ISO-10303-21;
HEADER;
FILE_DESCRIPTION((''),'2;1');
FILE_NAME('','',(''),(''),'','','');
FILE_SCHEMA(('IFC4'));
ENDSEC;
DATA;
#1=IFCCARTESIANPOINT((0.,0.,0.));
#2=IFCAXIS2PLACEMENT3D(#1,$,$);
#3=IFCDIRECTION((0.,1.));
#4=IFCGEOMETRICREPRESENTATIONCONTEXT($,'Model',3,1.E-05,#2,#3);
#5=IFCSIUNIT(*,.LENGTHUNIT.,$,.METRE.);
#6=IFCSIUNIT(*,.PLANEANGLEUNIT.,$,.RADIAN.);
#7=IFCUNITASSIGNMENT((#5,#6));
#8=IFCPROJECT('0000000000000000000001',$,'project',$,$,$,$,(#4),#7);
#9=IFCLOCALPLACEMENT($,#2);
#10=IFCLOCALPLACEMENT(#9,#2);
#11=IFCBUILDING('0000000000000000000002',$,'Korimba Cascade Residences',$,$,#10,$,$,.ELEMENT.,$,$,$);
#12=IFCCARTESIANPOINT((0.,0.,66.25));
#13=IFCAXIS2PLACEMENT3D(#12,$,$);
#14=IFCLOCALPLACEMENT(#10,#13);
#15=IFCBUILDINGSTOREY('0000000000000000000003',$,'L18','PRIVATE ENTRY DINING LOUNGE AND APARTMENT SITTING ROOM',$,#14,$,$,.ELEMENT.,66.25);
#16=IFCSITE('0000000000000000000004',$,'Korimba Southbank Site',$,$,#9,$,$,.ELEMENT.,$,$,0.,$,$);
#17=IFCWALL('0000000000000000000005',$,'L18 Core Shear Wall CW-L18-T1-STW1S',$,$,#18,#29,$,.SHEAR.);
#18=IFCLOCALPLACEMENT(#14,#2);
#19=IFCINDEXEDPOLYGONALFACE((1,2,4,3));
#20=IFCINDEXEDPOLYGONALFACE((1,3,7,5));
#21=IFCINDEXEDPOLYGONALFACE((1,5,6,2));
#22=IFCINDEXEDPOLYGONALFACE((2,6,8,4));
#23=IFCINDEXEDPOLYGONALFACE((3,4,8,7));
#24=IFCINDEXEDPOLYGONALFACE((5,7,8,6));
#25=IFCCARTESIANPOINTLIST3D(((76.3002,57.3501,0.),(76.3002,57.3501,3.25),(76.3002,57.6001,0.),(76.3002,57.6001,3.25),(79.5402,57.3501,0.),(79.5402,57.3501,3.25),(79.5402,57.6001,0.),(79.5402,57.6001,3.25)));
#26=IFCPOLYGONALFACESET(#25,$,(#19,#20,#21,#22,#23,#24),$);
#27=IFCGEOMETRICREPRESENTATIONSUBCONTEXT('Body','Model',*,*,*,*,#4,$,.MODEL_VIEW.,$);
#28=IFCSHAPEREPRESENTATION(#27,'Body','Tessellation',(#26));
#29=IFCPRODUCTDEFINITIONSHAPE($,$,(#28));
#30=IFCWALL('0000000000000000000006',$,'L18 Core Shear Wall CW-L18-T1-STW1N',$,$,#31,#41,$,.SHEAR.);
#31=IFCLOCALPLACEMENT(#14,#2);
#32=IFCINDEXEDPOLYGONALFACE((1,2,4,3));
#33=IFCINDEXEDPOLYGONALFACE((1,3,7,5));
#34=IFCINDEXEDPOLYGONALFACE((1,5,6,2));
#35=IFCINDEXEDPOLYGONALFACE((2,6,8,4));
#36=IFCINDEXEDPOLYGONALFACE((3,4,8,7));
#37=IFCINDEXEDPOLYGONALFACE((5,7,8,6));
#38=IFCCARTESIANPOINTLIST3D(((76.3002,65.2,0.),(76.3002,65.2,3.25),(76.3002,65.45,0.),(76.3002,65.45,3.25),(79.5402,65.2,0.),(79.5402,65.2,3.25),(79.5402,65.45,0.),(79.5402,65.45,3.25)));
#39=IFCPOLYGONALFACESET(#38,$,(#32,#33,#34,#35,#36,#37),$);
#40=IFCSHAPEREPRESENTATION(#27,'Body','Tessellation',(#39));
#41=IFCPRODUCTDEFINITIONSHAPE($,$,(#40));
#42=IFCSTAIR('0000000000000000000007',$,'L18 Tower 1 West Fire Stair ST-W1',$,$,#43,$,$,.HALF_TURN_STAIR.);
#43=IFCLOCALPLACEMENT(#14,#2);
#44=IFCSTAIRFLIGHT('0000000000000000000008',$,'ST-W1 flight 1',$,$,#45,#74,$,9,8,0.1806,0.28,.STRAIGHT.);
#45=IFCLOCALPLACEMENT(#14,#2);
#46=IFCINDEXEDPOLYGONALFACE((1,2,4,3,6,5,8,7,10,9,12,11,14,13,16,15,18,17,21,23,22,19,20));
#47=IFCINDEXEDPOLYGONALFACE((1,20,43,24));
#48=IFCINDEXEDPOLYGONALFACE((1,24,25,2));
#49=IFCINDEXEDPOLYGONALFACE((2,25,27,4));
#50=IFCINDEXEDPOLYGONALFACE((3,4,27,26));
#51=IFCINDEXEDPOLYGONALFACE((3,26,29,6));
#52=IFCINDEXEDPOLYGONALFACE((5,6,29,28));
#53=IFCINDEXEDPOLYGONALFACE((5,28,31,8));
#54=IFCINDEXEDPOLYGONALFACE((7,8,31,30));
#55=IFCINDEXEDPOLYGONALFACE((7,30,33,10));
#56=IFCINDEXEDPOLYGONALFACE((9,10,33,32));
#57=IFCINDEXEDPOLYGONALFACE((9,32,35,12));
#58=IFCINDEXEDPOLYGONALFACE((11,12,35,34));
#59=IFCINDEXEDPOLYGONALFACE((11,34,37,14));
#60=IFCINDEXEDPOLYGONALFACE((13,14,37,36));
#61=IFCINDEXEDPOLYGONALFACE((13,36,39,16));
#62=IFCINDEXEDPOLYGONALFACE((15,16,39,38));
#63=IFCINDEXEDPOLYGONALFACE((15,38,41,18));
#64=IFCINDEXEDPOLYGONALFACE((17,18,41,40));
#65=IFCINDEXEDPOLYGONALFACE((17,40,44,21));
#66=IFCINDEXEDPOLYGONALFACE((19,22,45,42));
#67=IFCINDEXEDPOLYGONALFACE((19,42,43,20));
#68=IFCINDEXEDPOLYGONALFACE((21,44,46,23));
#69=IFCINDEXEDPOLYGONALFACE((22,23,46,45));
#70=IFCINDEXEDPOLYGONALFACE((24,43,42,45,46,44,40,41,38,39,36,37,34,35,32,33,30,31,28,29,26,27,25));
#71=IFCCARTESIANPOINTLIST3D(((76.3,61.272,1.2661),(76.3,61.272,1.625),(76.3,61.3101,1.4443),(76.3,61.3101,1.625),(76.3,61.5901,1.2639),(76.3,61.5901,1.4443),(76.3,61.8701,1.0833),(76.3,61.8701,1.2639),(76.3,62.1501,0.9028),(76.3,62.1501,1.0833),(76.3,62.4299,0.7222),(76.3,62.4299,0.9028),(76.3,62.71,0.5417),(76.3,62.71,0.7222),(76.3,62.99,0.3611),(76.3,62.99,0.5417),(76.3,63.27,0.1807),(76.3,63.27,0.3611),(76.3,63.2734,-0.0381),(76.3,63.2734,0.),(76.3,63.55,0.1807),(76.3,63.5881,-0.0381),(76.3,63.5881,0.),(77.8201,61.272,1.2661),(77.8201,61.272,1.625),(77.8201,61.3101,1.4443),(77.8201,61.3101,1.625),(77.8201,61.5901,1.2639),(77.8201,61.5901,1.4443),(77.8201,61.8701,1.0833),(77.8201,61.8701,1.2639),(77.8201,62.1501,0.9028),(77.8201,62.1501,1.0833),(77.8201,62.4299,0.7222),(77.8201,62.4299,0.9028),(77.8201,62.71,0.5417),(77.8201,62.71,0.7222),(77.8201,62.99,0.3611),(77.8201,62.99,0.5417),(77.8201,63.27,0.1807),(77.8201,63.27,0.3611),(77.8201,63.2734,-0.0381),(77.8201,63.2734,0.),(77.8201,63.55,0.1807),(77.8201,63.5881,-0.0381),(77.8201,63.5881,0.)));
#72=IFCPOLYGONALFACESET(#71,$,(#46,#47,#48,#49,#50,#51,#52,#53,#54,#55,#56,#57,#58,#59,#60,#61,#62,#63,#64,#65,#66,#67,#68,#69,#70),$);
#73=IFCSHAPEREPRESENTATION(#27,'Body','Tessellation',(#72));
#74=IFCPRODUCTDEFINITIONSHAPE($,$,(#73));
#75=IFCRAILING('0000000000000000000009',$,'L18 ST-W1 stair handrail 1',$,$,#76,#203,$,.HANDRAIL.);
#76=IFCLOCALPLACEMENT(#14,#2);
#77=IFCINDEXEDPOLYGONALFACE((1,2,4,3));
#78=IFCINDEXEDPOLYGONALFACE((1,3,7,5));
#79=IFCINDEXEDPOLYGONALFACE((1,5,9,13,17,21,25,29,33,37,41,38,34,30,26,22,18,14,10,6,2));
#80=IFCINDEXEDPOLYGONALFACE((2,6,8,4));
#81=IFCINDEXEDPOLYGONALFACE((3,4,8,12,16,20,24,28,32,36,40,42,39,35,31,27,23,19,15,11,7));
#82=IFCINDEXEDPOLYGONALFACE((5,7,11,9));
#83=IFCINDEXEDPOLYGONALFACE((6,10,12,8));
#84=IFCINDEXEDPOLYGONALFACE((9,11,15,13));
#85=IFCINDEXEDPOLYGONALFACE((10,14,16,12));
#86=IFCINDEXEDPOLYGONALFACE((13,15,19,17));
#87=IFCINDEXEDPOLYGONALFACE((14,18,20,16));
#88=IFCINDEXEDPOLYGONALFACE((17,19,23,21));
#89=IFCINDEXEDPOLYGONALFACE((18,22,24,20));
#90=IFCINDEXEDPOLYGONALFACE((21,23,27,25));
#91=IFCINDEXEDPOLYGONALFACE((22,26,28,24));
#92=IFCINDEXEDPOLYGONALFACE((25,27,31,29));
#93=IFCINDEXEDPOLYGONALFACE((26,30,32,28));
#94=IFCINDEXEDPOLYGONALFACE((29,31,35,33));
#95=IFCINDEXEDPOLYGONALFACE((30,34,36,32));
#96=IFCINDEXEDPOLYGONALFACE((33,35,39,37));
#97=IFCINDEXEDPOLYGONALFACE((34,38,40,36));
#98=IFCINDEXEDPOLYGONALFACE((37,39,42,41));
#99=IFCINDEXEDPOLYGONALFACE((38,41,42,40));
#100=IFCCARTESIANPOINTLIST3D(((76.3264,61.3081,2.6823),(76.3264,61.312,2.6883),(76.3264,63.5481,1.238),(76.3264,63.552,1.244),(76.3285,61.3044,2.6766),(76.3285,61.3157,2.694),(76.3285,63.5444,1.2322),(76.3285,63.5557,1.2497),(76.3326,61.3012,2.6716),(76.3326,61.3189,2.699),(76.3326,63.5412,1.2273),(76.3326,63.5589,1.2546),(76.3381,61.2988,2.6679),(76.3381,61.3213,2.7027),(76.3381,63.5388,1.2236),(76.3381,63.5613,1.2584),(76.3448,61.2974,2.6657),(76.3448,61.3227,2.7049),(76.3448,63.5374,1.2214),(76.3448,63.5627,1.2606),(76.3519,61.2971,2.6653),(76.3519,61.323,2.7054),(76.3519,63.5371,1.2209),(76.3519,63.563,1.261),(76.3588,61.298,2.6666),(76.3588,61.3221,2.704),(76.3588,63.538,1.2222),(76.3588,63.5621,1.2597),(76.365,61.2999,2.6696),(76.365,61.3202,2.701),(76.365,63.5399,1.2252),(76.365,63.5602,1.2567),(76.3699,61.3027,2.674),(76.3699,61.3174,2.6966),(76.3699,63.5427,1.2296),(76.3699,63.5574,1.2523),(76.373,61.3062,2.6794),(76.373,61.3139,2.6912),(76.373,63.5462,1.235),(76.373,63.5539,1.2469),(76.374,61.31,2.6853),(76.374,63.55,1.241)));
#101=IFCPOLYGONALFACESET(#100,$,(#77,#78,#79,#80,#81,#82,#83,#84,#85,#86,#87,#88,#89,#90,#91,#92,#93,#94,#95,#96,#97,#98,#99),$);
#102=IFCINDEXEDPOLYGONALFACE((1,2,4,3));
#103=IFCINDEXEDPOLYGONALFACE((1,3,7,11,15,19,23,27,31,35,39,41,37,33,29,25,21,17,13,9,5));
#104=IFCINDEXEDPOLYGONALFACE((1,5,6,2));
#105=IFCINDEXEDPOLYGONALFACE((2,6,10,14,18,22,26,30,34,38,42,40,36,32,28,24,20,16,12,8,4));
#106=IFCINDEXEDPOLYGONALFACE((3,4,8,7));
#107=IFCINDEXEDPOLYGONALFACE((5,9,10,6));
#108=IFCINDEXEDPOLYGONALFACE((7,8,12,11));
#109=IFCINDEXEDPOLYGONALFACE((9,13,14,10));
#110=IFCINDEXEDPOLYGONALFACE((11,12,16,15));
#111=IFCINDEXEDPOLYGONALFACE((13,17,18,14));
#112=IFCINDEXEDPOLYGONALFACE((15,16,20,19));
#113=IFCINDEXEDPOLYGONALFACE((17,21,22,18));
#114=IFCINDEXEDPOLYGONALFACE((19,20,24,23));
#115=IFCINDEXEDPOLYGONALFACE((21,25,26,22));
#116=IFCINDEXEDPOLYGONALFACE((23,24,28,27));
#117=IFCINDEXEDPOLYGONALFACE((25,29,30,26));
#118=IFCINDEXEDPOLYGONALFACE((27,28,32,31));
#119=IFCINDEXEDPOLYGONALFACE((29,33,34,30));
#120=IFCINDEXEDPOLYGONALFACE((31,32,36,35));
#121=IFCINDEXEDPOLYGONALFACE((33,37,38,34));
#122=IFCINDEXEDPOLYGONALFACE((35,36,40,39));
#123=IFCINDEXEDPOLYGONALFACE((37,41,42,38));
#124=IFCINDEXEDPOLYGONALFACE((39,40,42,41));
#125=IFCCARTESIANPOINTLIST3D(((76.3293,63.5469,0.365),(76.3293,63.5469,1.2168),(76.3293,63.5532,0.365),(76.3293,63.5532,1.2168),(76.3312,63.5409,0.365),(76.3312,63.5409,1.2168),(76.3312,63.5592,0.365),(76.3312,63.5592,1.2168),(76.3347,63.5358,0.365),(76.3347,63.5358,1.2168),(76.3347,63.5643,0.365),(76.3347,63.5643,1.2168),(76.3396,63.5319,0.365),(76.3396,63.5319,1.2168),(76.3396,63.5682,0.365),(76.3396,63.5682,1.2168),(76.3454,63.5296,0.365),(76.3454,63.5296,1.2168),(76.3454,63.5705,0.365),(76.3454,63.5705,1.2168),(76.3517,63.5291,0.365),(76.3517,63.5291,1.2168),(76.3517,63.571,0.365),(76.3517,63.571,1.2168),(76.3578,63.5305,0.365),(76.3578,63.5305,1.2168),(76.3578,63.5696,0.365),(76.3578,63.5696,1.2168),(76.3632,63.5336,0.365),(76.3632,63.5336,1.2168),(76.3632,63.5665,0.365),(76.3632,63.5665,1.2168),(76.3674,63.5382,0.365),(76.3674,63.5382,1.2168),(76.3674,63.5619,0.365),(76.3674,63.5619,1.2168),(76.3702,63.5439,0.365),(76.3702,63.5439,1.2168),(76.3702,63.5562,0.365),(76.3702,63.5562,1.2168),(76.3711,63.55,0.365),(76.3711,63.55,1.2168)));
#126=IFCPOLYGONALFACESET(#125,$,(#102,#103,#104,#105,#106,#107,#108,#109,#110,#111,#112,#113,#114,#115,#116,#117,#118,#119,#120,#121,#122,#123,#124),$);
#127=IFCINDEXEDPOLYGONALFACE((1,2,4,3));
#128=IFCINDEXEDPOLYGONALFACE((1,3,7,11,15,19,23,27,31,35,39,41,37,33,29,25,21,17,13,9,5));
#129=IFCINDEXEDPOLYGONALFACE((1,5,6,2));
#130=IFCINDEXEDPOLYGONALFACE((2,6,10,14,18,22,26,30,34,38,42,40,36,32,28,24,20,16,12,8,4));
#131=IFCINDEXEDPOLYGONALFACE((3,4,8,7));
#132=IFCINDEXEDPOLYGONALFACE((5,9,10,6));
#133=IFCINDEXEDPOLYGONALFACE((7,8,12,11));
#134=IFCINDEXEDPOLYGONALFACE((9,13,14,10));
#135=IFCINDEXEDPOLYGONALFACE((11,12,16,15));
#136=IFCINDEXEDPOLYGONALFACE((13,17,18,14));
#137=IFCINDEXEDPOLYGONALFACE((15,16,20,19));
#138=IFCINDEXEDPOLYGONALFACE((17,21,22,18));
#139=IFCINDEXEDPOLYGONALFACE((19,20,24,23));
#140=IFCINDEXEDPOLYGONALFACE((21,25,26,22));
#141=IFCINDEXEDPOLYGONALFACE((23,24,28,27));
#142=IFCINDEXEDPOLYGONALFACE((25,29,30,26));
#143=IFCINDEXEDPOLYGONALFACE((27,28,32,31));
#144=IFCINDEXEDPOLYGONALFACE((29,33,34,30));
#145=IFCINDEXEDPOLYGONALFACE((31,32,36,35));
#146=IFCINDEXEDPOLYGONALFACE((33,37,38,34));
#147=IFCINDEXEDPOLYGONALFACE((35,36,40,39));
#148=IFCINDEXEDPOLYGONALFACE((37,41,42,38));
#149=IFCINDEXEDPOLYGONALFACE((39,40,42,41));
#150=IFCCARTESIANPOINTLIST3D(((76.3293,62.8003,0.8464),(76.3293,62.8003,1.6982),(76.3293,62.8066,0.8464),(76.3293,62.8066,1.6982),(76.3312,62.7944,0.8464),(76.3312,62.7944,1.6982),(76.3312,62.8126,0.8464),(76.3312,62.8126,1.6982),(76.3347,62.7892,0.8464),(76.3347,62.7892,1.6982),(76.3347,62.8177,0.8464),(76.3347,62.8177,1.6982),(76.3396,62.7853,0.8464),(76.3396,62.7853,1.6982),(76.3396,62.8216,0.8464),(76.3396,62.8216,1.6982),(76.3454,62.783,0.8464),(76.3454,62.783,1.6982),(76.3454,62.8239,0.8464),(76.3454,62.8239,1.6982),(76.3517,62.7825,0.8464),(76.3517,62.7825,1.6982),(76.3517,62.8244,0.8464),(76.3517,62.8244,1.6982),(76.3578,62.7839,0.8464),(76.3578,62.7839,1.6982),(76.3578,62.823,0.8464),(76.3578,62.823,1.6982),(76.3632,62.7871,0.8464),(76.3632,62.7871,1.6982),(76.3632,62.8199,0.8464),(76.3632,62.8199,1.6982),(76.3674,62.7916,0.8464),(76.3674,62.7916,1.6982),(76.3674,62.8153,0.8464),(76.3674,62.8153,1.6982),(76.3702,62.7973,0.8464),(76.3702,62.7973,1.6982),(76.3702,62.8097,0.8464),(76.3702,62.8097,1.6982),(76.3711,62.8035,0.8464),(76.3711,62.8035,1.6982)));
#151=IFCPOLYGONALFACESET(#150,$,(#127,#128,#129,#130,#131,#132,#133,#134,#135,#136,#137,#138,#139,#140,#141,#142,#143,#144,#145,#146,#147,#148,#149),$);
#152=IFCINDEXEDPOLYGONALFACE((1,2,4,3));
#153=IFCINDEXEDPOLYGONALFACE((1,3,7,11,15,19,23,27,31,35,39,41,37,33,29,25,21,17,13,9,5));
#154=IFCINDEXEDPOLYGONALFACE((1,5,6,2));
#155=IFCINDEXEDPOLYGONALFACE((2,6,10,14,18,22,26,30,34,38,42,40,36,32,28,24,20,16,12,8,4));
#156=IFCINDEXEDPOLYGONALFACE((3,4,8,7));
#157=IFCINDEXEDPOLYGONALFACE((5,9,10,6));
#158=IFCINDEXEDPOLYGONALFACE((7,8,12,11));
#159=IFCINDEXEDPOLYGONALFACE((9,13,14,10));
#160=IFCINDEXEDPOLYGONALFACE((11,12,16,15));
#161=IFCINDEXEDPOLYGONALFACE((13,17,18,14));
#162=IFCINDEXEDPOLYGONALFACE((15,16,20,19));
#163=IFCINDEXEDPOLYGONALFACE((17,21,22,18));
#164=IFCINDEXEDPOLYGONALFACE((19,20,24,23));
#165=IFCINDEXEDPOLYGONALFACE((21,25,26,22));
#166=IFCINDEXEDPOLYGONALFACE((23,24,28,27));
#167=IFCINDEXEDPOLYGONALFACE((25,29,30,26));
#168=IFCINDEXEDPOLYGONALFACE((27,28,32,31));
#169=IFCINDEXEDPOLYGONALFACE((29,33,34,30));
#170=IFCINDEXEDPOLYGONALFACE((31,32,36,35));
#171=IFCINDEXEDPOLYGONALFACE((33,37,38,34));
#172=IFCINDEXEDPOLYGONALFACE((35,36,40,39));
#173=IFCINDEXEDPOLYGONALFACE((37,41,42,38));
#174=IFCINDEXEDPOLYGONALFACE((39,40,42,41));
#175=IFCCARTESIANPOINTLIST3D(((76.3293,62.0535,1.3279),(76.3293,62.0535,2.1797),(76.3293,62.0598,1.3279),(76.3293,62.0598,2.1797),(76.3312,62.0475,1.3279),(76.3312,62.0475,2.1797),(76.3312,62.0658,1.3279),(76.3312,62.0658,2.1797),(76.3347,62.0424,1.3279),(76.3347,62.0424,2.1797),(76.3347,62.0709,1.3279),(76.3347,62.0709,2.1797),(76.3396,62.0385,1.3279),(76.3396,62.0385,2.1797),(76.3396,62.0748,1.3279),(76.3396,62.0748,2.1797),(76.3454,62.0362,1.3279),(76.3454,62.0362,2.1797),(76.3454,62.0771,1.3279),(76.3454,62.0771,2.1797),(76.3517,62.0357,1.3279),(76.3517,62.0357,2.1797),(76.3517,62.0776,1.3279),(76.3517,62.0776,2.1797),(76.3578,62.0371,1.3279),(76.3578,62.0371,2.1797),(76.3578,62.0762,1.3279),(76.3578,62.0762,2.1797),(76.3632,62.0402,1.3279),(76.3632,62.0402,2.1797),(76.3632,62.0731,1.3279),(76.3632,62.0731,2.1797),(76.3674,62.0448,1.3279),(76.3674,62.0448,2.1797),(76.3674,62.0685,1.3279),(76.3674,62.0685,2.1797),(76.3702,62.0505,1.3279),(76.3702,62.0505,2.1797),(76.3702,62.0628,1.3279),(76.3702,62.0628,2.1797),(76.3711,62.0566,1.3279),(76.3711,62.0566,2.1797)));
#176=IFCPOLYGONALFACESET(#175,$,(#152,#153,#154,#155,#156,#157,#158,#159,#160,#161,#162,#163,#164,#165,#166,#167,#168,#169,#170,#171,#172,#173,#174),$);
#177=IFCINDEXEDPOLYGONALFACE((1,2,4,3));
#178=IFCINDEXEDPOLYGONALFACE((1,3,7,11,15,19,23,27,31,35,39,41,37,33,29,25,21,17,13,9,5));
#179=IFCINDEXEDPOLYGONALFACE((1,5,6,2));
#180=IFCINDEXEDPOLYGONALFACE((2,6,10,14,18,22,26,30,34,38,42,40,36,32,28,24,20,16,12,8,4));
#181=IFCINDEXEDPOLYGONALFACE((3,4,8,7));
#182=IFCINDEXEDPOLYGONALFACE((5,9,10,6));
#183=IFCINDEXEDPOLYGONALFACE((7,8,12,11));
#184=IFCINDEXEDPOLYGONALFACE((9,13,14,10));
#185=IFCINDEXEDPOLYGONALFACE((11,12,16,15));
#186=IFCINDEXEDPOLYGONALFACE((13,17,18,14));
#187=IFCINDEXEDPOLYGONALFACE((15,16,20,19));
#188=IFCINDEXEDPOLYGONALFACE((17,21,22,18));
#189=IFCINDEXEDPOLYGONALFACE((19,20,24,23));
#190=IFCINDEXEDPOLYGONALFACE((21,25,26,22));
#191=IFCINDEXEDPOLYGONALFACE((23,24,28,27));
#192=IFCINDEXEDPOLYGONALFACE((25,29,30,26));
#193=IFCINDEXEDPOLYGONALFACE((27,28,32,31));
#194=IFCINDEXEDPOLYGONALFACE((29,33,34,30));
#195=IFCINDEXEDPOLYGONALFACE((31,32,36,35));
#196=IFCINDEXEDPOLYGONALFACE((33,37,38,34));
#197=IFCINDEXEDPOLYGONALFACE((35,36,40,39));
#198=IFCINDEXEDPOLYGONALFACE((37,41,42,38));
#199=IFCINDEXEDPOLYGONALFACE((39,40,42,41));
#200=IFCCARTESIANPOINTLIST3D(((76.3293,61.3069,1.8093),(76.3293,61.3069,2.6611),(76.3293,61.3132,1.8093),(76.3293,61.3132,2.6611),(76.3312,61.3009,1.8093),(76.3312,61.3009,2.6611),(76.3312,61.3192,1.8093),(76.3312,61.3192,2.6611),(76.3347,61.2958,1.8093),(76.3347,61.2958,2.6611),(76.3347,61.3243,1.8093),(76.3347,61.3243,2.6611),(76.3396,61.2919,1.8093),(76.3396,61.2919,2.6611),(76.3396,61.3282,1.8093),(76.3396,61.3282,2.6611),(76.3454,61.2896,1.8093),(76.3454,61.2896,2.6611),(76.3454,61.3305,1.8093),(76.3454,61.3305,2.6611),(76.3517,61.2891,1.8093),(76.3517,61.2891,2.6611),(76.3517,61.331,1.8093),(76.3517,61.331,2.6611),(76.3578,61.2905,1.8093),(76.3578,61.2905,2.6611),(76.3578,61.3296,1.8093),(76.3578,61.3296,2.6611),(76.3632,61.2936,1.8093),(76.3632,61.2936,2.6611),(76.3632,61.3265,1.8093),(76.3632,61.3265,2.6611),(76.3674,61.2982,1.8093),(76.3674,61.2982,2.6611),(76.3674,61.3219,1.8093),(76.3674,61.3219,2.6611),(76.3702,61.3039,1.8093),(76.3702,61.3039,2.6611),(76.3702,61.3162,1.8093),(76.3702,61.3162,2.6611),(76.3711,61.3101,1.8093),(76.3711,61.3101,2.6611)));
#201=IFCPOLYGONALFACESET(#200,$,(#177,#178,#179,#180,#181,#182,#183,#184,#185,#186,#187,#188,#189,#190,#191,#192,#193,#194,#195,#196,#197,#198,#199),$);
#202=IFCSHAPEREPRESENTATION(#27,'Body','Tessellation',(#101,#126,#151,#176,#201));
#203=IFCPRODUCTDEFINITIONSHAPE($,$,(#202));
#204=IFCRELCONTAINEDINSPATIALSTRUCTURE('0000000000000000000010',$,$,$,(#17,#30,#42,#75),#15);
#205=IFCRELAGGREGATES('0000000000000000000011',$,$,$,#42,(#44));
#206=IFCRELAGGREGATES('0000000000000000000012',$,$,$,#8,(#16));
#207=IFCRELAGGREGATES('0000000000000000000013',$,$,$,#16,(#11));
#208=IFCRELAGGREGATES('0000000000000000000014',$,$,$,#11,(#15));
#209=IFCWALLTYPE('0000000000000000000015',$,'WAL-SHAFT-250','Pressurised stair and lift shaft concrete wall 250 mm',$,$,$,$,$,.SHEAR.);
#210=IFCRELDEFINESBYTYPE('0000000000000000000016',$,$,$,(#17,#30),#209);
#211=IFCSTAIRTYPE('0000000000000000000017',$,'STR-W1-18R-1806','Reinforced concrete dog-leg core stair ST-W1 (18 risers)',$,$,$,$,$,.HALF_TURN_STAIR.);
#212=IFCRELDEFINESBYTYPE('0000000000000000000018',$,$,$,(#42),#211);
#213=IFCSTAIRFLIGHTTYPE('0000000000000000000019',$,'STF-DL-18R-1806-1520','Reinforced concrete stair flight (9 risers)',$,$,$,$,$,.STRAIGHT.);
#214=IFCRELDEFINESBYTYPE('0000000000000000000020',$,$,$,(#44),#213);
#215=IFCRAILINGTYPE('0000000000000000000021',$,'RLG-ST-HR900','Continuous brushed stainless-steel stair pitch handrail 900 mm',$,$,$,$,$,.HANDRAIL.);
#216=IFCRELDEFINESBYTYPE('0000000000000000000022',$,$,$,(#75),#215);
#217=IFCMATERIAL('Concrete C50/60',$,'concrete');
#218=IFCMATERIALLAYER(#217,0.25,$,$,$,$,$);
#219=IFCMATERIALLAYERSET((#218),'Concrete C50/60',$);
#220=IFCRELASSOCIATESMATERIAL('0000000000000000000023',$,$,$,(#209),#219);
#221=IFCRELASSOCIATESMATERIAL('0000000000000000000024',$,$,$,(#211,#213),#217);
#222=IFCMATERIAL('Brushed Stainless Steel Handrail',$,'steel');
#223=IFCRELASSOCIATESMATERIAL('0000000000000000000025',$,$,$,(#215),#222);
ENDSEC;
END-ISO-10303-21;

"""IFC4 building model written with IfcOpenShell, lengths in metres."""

from ifc_helpers import new_model, si_unit, direction, frame, frame_2d, origin, origin_2d, place, context, subcontext, project, spatial, polyline, rectangle, circle, outline, extrude, material, layer, layer_set, type_object, element, aggregate, save


model = new_model("IFC4")

# Units and contexts
model_context = context("Model", 3, precision=1e-05, world=origin(), true_north=direction((0.0, 1.0)))
body_context = subcontext(model_context, "Body", "Model", "MODEL_VIEW")
ifc_project = project(units=[si_unit("LENGTHUNIT", "METRE"), si_unit("PLANEANGLEUNIT", "RADIAN")], contexts=[model_context])

# Site, building, storey
site_placement = place(None, origin())
site = spatial("IfcSite", under=ifc_project, at=site_placement, Name="Korimba Southbank Site", CompositionType="ELEMENT", RefElevation=0.0)
building_placement = place(site_placement, origin())
building = spatial("IfcBuilding", under=site, at=building_placement, Name="Korimba Cascade Residences", CompositionType="ELEMENT")
storey_placement = place(building_placement, frame((0.0, 0.0, 66.25)))
storey = spatial("IfcBuildingStorey", under=building, at=storey_placement, Name="L18", Description="PRIVATE ENTRY DINING LOUNGE AND APARTMENT SITTING ROOM", CompositionType="ELEMENT", Elevation=66.25)

# Shared definitions
ifc_material_1 = material(Name="Concrete C50/60", Category="concrete")

# Walls
ifc_layer_1 = layer(ifc_material_1, 0.25)
ifc_layer_set_1 = layer_set([ifc_layer_1], Name="Concrete C50/60")
wall_type_1 = type_object("IfcWallType", Name="WAL-SHAFT-250", Description="Pressurised stair and lift shaft concrete wall 250 mm", PredefinedType="SHEAR", material=ifc_layer_set_1)
for number, where, z_axis, x_axis, name in (
    (1, (76.3, 57.4751, 0.0), (0.0, 0.0, 1.0), (1.0, 0.0, 0.0), "L18 Core Shear Wall CW-L18-T1-STW1S"),
    (2, (76.3, 65.325, 0.0), (0.0, 0.0, 1.0), (1.0, 0.0, 0.0), "L18 Core Shear Wall CW-L18-T1-STW1N"),
):
    element("IfcWall", number, at=place(storey_placement, frame(where, z_axis=z_axis, x_axis=x_axis)), inside=storey, type_object=wall_type_1, Name=name, PredefinedType="SHEAR", context=body_context, shape_type="SweptSolid", body=[
        extrude(rectangle(XDim=3.24, YDim=0.25, at=frame_2d((1.6201, 0.0))), origin(), (0.0, 0.0, 1.0), 3.25),
    ])

# Stair, stair flight
stair_type = type_object("IfcStairType", Name="STR-W1-18R-1806", Description="Reinforced concrete dog-leg core stair ST-W1 (18 risers)", PredefinedType="HALF_TURN_STAIR", material=ifc_material_1)
stair_placement = place(storey_placement, origin())
stair = element("IfcStair", 3, at=stair_placement, inside=storey, type_object=stair_type, Name="L18 Tower 1 West Fire Stair ST-W1", PredefinedType="HALF_TURN_STAIR")
stair_flight_type = type_object("IfcStairFlightType", Name="STF-DL-18R-1806-1520", Description="Reinforced concrete stair flight (9 risers)", PredefinedType="STRAIGHT", material=ifc_material_1)
stair_flight_placement = place(storey_placement, frame((77.0601, 63.55, 0.0), z_axis=(0.0, 0.0, 1.0), x_axis=(0.0, -1.0, 0.0)))
stair_flight = element("IfcStairFlight", 4, at=stair_flight_placement, type_object=stair_flight_type, Name="ST-W1 flight 1", NumberOfRisers=9, NumberOfTreads=8, PredefinedType="STRAIGHT", RiserHeight=0.1806, TreadLength=0.28, context=body_context, shape_type="SweptSolid", body=[
    extrude(outline(polyline([(-0.0381, 0.0), (0.0, 0.1807), (0.28, 0.1807), (0.28, 0.3611), (0.5601, 0.3611), (0.5601, 0.5417), (0.8401, 0.5417), (0.8401, 0.7222), (1.1201, 0.7222), (1.1201, 0.9028), (1.3999, 0.9028), (1.3999, 1.0833), (1.6799, 1.0833), (1.6799, 1.2639), (1.96, 1.2639), (1.96, 1.4443), (2.24, 1.4443), (2.24, 1.625), (2.2781, 1.625), (2.2781, 1.2661), (0.2766, 0.0), (0.2766, -0.0381), (-0.0381, -0.0381), (-0.0381, 0.0)])), frame((0.0, 0.76, 0.0), z_axis=(0.0, -1.0, 0.0), x_axis=(1.0, 0.0, 0.0)), (0.0, 0.0, 1.0), 1.52),
])
aggregate(stair, [stair_flight])

# Railing
ifc_material_2 = material(Name="Brushed Stainless Steel Handrail", Category="steel")
railing_type = type_object("IfcRailingType", Name="RLG-ST-HR900", Description="Continuous brushed stainless-steel stair pitch handrail 900 mm", PredefinedType="HANDRAIL", material=ifc_material_2)
railing_placement = place(storey_placement, frame((76.3501, 63.55, 0.365)))
element("IfcRailing", 5, at=railing_placement, inside=storey, type_object=railing_type, Name="L18 ST-W1 stair handrail 1", PredefinedType="HANDRAIL", context=body_context, shape_type="SweptSolid", body=[
    extrude(circle(Radius=0.0239, at=origin_2d()), frame((0.0, 0.0, 0.876), z_axis=(0.0, -0.840437, 0.54191), x_axis=(1.0, 0.0, 0.0)), (0.0, 0.0, 1.0), 2.6653),
    extrude(circle(Radius=0.021, at=origin_2d()), origin(), (0.0, 0.0, 1.0), 0.8518),
    extrude(circle(Radius=0.021, at=origin_2d()), frame((0.0, -0.7466, 0.4814)), (0.0, 0.0, 1.0), 0.8518),
    extrude(circle(Radius=0.021, at=origin_2d()), frame((0.0, -1.4934, 0.9629)), (0.0, 0.0, 1.0), 0.8518),
    extrude(circle(Radius=0.021, at=origin_2d()), frame((0.0, -2.24, 1.4443)), (0.0, 0.0, 1.0), 0.8518),
])

save(model, "model.ifc")
